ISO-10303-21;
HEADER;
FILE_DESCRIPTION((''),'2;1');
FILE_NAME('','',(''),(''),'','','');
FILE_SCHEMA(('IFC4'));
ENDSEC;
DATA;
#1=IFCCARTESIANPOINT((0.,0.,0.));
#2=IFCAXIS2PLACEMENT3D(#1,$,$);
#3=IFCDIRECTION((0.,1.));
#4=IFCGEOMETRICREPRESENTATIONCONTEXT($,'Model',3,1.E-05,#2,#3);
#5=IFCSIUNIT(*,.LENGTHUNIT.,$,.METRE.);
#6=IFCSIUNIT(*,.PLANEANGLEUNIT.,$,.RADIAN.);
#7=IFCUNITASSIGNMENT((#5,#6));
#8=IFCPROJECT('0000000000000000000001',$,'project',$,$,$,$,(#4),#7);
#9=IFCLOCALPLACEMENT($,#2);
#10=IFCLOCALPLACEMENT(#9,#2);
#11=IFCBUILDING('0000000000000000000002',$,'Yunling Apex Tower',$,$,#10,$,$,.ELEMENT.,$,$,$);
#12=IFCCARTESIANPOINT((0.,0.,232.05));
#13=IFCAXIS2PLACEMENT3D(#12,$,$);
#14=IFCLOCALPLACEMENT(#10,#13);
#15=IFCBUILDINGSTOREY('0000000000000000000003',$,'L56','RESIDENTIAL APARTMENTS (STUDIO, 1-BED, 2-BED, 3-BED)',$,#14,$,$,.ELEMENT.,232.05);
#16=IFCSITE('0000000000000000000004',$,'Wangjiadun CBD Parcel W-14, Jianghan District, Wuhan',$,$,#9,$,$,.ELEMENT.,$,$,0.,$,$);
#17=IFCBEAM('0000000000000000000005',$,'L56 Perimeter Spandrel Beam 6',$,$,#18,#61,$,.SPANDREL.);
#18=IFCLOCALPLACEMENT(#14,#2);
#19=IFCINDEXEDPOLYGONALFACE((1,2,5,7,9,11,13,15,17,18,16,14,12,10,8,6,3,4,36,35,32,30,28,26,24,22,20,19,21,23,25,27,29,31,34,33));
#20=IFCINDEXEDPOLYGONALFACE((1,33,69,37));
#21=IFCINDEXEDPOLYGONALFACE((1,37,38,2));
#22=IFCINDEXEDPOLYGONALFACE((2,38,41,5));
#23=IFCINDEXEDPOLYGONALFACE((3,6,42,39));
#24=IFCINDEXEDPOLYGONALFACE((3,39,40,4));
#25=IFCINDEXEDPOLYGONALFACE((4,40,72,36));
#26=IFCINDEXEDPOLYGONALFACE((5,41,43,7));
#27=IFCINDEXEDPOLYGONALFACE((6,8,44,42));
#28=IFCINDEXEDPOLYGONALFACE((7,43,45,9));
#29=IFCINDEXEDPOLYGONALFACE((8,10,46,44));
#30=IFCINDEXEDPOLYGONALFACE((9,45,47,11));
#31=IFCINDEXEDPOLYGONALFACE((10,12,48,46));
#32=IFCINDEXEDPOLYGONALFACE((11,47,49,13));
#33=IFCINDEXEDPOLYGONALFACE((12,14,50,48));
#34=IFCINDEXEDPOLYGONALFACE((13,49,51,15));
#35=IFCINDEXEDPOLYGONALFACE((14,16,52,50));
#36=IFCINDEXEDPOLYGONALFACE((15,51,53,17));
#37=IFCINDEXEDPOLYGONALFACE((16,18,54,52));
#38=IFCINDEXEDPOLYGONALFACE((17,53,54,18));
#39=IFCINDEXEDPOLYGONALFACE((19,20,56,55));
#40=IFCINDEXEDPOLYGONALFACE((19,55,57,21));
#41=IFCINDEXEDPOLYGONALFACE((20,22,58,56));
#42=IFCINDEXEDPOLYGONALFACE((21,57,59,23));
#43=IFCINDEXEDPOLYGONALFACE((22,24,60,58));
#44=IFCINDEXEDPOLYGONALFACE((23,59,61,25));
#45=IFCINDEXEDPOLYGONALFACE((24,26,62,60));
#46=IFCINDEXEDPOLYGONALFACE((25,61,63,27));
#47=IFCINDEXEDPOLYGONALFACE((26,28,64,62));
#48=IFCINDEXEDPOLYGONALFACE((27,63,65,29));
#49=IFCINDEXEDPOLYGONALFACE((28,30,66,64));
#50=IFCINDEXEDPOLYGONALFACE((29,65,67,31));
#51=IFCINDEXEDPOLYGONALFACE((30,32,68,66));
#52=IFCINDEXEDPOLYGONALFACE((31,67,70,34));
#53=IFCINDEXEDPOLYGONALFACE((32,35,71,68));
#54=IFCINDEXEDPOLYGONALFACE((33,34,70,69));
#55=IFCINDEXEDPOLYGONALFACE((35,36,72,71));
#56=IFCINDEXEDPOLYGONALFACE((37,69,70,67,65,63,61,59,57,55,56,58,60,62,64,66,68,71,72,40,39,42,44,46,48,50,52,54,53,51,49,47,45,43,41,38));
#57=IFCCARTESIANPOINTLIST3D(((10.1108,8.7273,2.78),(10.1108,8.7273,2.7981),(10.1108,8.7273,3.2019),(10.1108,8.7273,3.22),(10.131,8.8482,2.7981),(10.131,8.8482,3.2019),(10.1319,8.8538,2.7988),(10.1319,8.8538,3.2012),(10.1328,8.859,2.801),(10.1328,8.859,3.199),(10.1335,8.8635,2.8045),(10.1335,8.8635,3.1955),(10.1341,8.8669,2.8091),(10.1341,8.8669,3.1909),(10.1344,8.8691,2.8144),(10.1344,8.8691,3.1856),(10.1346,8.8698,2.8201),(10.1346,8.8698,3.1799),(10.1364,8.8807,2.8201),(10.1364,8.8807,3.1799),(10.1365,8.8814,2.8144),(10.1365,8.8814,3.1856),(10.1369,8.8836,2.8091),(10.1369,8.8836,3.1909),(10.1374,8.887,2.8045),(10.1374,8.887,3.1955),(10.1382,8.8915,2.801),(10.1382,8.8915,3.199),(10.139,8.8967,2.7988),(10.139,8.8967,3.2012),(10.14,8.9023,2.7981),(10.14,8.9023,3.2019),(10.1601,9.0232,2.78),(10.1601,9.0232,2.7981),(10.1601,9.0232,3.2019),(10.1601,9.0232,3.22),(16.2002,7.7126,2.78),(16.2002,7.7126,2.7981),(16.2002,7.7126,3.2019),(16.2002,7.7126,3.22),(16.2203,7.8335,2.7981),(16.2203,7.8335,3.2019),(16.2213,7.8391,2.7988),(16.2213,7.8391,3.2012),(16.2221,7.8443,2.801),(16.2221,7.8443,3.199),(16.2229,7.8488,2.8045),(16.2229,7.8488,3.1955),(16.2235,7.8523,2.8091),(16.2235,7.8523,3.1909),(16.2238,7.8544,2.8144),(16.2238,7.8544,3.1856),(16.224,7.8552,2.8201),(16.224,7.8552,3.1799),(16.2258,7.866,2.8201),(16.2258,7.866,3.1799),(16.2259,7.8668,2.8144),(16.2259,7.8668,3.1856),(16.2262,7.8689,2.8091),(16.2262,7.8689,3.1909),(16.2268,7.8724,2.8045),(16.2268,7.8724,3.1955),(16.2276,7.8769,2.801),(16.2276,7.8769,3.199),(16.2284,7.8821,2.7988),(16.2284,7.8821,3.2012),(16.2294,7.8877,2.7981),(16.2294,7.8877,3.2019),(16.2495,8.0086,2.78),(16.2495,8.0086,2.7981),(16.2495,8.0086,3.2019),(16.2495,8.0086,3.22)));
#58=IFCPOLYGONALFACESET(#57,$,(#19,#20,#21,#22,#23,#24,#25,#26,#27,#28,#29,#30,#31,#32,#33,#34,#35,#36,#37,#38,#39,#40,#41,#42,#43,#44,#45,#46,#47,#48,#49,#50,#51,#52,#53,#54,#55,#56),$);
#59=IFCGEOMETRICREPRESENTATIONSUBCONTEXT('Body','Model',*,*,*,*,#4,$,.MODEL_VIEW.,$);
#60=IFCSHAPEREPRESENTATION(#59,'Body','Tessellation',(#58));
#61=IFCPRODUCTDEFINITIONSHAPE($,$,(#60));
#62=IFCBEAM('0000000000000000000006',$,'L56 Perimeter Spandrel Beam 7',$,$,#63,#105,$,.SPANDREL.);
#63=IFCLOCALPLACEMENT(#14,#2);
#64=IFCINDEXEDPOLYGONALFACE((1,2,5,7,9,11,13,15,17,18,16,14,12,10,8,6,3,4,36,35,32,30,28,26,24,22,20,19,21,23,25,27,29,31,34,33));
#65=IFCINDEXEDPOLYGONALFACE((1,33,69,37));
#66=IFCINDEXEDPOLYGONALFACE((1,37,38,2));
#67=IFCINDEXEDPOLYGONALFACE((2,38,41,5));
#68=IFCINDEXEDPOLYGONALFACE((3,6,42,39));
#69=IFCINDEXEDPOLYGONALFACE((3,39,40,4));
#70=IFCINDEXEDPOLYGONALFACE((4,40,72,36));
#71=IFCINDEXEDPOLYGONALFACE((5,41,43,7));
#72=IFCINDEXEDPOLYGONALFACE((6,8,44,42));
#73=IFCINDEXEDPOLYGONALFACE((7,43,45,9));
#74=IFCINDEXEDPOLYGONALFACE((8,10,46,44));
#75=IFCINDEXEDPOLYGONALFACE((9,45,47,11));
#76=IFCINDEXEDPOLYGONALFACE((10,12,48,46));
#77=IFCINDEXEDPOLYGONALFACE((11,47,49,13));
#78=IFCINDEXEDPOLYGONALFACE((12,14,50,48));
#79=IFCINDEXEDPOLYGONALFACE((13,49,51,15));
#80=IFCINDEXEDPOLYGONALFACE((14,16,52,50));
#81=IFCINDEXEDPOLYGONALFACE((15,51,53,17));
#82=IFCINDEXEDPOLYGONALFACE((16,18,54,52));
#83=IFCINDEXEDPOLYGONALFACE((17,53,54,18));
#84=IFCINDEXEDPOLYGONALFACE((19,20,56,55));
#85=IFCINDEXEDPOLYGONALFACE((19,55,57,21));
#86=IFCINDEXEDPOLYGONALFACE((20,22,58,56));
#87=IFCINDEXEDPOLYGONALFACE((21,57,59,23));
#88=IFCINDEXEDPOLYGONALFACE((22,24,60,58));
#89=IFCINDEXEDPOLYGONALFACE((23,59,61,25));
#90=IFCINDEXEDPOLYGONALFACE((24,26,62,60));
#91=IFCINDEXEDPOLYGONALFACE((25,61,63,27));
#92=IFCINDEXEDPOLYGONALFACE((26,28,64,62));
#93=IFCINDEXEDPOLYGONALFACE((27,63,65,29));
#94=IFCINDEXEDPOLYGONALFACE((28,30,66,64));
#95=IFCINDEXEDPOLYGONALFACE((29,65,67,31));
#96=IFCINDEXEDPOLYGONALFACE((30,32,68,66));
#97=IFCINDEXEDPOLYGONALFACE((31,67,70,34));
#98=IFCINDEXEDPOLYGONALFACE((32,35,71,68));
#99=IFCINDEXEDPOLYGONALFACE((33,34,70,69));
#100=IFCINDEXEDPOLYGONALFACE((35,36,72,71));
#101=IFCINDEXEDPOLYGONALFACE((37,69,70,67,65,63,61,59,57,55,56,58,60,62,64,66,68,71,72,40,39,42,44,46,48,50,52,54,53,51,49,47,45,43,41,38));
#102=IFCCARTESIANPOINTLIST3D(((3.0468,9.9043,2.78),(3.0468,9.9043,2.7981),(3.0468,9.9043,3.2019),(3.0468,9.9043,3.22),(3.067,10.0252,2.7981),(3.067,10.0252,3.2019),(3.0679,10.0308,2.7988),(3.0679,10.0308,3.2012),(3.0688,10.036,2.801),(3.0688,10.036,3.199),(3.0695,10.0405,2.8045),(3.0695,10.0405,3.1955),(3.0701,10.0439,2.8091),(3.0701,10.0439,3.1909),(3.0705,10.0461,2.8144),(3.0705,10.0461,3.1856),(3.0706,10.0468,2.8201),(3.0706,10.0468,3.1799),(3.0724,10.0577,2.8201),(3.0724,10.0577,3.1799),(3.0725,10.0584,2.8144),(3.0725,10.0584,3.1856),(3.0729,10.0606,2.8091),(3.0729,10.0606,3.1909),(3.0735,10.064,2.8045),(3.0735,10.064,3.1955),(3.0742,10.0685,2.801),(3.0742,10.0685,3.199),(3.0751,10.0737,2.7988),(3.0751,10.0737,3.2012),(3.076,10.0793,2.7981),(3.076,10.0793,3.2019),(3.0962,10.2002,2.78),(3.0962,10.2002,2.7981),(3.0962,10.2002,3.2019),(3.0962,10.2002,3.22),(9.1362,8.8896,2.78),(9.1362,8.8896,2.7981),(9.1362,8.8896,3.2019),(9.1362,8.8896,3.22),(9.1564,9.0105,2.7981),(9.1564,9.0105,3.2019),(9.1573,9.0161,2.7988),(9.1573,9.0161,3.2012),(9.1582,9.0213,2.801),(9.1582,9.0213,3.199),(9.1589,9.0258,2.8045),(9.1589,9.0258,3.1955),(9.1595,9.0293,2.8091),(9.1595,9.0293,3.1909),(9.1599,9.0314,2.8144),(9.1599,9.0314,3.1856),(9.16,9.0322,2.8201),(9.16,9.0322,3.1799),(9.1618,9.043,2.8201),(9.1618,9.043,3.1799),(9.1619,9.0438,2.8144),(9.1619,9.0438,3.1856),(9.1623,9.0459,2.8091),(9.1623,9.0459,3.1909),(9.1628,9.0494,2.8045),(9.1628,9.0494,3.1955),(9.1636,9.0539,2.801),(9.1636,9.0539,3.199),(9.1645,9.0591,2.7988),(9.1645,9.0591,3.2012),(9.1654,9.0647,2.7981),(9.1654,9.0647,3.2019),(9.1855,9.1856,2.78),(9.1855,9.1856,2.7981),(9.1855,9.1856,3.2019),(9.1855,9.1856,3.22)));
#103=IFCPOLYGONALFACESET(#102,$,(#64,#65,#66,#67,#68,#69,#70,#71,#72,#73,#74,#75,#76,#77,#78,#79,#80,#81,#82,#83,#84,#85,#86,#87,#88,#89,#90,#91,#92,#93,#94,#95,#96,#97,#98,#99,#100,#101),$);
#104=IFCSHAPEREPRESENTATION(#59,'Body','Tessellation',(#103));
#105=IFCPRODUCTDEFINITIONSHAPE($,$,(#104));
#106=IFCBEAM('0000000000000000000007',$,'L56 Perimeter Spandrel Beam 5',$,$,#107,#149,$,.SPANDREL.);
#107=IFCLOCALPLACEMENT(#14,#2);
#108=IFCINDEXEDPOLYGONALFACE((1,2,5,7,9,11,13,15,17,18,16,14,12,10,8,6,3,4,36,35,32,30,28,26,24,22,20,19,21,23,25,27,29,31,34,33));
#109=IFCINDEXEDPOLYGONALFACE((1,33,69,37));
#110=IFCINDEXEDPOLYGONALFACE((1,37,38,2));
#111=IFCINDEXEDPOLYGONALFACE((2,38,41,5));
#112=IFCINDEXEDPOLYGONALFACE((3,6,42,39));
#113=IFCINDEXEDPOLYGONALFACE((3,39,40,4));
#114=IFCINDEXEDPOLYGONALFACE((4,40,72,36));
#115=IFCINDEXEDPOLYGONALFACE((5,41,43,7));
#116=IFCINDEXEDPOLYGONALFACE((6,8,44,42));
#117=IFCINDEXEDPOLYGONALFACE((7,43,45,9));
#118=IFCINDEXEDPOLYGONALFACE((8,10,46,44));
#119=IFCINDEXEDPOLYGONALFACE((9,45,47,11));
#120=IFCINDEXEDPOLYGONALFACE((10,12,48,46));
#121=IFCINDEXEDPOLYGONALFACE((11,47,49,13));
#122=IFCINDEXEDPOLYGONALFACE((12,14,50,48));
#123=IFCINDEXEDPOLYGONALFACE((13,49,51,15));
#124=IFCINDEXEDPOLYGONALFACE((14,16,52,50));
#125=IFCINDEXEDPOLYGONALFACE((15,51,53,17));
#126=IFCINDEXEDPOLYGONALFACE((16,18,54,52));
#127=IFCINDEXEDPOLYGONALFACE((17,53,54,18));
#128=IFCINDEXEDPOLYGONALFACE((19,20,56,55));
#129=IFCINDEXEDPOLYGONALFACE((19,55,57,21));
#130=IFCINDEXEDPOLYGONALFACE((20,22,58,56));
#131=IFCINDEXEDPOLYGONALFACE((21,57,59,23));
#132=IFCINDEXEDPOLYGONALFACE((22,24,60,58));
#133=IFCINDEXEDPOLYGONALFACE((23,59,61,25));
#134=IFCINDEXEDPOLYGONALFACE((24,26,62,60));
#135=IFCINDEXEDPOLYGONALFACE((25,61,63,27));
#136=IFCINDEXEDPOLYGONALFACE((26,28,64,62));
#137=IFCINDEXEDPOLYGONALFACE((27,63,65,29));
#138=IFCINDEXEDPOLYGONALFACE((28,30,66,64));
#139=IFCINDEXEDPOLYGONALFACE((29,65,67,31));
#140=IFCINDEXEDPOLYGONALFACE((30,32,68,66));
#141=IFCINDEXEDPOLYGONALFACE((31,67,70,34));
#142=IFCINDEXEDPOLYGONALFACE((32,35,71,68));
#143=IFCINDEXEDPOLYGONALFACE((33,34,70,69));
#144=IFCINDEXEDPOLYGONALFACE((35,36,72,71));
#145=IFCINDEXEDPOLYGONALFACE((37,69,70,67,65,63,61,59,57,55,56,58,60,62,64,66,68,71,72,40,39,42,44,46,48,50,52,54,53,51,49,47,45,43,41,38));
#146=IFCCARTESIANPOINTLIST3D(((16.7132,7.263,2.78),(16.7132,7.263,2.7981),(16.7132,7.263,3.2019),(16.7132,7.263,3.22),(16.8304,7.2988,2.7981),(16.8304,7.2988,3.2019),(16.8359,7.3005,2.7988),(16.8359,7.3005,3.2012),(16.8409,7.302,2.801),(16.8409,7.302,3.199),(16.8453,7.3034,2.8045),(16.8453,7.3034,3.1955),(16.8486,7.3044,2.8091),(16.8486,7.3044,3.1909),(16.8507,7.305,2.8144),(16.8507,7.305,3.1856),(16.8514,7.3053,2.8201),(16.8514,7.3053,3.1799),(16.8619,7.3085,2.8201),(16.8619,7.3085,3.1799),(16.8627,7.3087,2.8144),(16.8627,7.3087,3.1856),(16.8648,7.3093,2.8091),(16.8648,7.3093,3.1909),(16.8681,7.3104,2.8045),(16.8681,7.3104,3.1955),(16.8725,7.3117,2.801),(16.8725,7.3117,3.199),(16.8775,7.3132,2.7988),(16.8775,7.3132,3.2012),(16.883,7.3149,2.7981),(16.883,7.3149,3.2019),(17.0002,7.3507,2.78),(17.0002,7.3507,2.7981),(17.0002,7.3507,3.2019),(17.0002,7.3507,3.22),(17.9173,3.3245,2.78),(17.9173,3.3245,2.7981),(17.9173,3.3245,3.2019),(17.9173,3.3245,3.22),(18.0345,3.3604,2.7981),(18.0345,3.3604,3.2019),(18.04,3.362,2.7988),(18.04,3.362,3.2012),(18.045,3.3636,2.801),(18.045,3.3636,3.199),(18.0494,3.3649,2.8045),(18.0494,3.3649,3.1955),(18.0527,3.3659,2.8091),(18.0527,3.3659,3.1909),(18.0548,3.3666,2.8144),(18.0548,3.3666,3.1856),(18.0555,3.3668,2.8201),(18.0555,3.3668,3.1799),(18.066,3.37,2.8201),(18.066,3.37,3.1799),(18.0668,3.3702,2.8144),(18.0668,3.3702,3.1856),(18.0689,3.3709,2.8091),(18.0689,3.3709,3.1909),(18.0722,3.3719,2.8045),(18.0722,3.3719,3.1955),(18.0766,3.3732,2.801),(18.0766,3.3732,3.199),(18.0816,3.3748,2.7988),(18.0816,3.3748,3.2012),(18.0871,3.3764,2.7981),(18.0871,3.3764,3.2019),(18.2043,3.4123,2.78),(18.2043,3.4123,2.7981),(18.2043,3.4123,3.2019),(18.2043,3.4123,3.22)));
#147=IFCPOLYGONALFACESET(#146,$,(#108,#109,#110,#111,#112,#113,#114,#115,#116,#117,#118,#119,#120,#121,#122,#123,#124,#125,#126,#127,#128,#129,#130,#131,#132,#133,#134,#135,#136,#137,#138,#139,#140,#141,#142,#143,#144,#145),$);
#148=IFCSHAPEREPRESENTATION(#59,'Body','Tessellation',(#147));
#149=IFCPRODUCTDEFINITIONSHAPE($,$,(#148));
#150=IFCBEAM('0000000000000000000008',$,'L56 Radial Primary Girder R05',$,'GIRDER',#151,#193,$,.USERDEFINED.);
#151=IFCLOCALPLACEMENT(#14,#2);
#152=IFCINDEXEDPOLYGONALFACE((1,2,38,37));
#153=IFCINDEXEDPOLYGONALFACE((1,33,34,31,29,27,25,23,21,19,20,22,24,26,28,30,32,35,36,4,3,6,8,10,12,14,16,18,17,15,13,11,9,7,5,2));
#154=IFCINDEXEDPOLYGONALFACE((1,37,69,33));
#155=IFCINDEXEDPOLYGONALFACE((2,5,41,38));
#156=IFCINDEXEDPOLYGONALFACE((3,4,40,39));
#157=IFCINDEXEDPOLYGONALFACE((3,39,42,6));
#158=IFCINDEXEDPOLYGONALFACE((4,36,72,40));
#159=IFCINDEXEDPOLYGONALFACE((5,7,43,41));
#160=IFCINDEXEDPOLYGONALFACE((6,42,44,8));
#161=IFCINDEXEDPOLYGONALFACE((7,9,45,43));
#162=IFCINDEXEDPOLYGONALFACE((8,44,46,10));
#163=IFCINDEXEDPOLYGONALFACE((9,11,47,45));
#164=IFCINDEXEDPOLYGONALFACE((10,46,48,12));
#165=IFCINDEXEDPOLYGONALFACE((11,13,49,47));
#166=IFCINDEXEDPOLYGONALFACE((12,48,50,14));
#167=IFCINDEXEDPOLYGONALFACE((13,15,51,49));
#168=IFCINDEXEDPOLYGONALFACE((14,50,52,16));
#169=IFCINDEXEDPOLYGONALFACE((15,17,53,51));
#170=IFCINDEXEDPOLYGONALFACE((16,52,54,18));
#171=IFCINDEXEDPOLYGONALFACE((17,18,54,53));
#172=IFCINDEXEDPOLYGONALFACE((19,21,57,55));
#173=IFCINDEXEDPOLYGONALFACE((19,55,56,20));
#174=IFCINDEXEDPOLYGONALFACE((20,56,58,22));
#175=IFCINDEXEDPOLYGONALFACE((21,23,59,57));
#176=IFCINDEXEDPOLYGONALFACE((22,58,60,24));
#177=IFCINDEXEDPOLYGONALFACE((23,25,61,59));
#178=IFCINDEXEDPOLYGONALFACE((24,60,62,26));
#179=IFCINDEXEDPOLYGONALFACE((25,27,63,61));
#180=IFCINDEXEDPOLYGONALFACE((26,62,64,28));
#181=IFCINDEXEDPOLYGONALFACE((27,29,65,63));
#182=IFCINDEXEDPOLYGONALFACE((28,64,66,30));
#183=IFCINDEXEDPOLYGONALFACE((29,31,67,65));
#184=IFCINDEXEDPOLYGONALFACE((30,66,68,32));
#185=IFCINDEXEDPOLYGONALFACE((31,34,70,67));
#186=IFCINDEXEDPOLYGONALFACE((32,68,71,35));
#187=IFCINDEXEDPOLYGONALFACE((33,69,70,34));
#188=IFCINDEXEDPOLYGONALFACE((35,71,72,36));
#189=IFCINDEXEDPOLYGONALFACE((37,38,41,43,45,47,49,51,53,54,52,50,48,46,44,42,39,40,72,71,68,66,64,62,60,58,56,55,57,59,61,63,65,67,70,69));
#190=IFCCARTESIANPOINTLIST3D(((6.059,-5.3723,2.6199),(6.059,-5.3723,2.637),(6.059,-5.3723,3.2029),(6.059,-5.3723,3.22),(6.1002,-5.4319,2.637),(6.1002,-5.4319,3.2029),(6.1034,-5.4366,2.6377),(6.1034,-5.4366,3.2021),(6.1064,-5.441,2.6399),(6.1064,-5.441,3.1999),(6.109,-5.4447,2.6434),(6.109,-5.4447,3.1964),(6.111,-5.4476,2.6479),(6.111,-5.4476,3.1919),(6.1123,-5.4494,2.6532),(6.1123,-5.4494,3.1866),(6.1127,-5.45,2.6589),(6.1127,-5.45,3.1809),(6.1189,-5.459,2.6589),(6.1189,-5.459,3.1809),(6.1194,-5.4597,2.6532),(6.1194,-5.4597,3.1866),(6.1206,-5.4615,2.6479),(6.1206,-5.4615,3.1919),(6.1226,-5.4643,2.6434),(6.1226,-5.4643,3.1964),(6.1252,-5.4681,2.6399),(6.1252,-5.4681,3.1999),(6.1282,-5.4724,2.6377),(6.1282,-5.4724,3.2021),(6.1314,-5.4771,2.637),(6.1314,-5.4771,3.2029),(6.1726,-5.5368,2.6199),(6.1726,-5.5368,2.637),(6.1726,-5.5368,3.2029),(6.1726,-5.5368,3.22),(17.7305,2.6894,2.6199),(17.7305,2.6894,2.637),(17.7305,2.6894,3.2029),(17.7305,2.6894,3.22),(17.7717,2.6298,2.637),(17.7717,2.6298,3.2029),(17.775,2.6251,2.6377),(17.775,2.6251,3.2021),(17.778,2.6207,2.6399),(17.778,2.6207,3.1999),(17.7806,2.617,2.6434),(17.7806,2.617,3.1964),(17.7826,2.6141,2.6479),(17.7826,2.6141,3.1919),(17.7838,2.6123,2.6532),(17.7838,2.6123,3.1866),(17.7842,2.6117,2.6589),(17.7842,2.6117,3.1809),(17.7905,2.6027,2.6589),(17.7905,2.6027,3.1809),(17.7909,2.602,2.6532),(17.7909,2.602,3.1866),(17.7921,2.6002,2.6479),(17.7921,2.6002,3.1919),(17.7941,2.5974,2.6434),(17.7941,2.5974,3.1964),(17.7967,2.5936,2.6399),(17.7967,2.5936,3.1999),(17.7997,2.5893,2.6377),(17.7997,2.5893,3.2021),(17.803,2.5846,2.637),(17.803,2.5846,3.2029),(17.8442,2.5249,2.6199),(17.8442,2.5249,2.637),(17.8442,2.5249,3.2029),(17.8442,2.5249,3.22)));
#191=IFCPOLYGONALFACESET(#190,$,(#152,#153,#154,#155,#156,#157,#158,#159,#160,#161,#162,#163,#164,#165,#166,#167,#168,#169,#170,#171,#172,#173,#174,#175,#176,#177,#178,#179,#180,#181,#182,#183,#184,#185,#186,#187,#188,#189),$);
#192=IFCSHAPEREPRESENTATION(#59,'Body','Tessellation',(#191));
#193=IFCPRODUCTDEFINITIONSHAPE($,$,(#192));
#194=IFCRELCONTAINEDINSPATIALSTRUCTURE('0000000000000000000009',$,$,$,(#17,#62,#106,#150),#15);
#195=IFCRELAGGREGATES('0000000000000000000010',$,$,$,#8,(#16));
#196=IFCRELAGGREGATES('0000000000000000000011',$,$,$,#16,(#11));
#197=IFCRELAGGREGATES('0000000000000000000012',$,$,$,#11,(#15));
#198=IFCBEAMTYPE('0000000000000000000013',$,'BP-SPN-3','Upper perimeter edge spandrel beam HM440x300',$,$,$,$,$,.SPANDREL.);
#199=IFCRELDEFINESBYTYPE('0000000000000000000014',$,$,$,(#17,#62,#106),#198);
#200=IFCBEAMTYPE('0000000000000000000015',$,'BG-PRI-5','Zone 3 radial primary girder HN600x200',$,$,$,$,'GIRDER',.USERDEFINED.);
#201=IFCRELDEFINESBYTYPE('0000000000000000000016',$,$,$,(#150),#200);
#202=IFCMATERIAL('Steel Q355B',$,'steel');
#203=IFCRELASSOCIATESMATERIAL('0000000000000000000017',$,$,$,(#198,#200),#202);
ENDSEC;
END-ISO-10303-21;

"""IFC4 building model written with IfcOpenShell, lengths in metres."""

from ifc_helpers import new_model, si_unit, direction, frame, origin, origin_2d, place, context, subcontext, project, spatial, i_section, extrude, source, transform, mapped, material, material_profile, profile_set, type_object, element, save


model = new_model("IFC4")

# Units and contexts
model_context = context("Model", 3, precision=1e-05, world=origin(), true_north=direction((0.0, 1.0)))
body_context = subcontext(model_context, "Body", "Model", "MODEL_VIEW")
ifc_project = project(units=[si_unit("LENGTHUNIT", "METRE"), si_unit("PLANEANGLEUNIT", "RADIAN")], contexts=[model_context])

# Site, building, storey
site_placement = place(None, origin())
site = spatial("IfcSite", under=ifc_project, at=site_placement, Name="Wangjiadun CBD Parcel W-14, Jianghan District, Wuhan", CompositionType="ELEMENT", RefElevation=0.0)
building_placement = place(site_placement, origin())
building = spatial("IfcBuilding", under=site, at=building_placement, Name="Yunling Apex Tower", CompositionType="ELEMENT")
storey_placement = place(building_placement, frame((0.0, 0.0, 232.05)))
storey = spatial("IfcBuildingStorey", under=building, at=storey_placement, Name="L56", Description="RESIDENTIAL APARTMENTS (STUDIO, 1-BED, 2-BED, 3-BED)", CompositionType="ELEMENT", Elevation=232.05)

# Beams
ifc_material_1 = material(Name="Steel Q355B", Category="steel")
ifc_material_profile_1 = material_profile(ifc_material_1, i_section(OverallWidth=0.3, OverallDepth=0.4399, WebThickness=0.011, FlangeThickness=0.0181, FilletRadius=0.022, at=origin_2d()))
ifc_profile_set_1 = profile_set([ifc_material_profile_1], Name="Steel Q355B")
beam_type_1 = type_object("IfcBeamType", Name="BP-SPN-3", Description="Upper perimeter edge spandrel beam HM440x300", PredefinedType="SPANDREL", material=ifc_profile_set_1)
shared_shape_1 = source(origin(), body_context, "Body", "SweptSolid", [
    extrude(i_section(OverallWidth=0.3, OverallDepth=0.4399, WebThickness=0.011, FlangeThickness=0.0181, FilletRadius=0.022, at=origin_2d()), origin(), (0.0, 0.0, 1.0), 6.1733),
])
for number, where, z_axis, x_axis, name in (
    (1, (16.2249, 7.8606, 3.0), (-0.9864, 0.164361, 0.0), (-0.164361, -0.9864, 0.0), "L56 Perimeter Spandrel Beam 6"),
    (2, (9.1609, 9.0376, 3.0), (-0.9864, 0.164361, 0.0), (-0.164361, -0.9864, 0.0), "L56 Perimeter Spandrel Beam 7"),
):
    element("IfcBeam", number, at=place(storey_placement, frame(where, z_axis=z_axis, x_axis=x_axis)), inside=storey, type_object=beam_type_1, Name=name, PredefinedType="SPANDREL", context=body_context, shape_type="MappedRepresentation", body=[
        mapped(shared_shape_1, transform((0.0, 0.0, 0.0), scale=1.0)),
    ])
shared_shape_2 = source(origin(), body_context, "Body", "SweptSolid", [
    extrude(i_section(OverallWidth=0.3, OverallDepth=0.4399, WebThickness=0.011, FlangeThickness=0.0181, FilletRadius=0.022, at=origin_2d()), origin(), (0.0, 0.0, 1.0), 4.1184),
])
beam_1_placement = place(storey_placement, frame((18.0608, 3.3684, 3.0), z_axis=(-0.292369, 0.956306, 0.0), x_axis=(-0.956306, -0.292369, 0.0)))
element("IfcBeam", 3, at=beam_1_placement, inside=storey, type_object=beam_type_1, Name="L56 Perimeter Spandrel Beam 5", PredefinedType="SPANDREL", context=body_context, shape_type="MappedRepresentation", body=[
    mapped(shared_shape_2, transform((0.0, 0.0, 0.0), scale=1.0)),
])
ifc_material_profile_2 = material_profile(ifc_material_1, i_section(OverallWidth=0.2, OverallDepth=0.6001, WebThickness=0.011, FlangeThickness=0.0171, FilletRadius=0.022, at=origin_2d()))
ifc_profile_set_2 = profile_set([ifc_material_profile_2], Name="Steel Q355B")
beam_type_2 = type_object("IfcBeamType", Name="BG-PRI-5", Description="Zone 3 radial primary girder HN600x200", ElementType="GIRDER", PredefinedType="USERDEFINED", material=ifc_profile_set_2)
shared_shape_3 = source(origin(), body_context, "Body", "SweptSolid", [
    extrude(i_section(OverallWidth=0.2, OverallDepth=0.6001, WebThickness=0.011, FlangeThickness=0.0171, FilletRadius=0.022, at=origin_2d()), origin(), (0.0, 0.0, 1.0), 14.1851),
])
beam_2_placement = place(storey_placement, frame((17.7874, 2.6072, 2.9199), z_axis=(-0.822805, -0.568324, 0.0), x_axis=(0.568324, -0.822805, 0.0)))
element("IfcBeam", 4, at=beam_2_placement, inside=storey, type_object=beam_type_2, Name="L56 Radial Primary Girder R05", ObjectType="GIRDER", PredefinedType="USERDEFINED", context=body_context, shape_type="MappedRepresentation", body=[
    mapped(shared_shape_3, transform((0.0, 0.0, 0.0), scale=1.0)),
])

save(model, "model.ifc")
